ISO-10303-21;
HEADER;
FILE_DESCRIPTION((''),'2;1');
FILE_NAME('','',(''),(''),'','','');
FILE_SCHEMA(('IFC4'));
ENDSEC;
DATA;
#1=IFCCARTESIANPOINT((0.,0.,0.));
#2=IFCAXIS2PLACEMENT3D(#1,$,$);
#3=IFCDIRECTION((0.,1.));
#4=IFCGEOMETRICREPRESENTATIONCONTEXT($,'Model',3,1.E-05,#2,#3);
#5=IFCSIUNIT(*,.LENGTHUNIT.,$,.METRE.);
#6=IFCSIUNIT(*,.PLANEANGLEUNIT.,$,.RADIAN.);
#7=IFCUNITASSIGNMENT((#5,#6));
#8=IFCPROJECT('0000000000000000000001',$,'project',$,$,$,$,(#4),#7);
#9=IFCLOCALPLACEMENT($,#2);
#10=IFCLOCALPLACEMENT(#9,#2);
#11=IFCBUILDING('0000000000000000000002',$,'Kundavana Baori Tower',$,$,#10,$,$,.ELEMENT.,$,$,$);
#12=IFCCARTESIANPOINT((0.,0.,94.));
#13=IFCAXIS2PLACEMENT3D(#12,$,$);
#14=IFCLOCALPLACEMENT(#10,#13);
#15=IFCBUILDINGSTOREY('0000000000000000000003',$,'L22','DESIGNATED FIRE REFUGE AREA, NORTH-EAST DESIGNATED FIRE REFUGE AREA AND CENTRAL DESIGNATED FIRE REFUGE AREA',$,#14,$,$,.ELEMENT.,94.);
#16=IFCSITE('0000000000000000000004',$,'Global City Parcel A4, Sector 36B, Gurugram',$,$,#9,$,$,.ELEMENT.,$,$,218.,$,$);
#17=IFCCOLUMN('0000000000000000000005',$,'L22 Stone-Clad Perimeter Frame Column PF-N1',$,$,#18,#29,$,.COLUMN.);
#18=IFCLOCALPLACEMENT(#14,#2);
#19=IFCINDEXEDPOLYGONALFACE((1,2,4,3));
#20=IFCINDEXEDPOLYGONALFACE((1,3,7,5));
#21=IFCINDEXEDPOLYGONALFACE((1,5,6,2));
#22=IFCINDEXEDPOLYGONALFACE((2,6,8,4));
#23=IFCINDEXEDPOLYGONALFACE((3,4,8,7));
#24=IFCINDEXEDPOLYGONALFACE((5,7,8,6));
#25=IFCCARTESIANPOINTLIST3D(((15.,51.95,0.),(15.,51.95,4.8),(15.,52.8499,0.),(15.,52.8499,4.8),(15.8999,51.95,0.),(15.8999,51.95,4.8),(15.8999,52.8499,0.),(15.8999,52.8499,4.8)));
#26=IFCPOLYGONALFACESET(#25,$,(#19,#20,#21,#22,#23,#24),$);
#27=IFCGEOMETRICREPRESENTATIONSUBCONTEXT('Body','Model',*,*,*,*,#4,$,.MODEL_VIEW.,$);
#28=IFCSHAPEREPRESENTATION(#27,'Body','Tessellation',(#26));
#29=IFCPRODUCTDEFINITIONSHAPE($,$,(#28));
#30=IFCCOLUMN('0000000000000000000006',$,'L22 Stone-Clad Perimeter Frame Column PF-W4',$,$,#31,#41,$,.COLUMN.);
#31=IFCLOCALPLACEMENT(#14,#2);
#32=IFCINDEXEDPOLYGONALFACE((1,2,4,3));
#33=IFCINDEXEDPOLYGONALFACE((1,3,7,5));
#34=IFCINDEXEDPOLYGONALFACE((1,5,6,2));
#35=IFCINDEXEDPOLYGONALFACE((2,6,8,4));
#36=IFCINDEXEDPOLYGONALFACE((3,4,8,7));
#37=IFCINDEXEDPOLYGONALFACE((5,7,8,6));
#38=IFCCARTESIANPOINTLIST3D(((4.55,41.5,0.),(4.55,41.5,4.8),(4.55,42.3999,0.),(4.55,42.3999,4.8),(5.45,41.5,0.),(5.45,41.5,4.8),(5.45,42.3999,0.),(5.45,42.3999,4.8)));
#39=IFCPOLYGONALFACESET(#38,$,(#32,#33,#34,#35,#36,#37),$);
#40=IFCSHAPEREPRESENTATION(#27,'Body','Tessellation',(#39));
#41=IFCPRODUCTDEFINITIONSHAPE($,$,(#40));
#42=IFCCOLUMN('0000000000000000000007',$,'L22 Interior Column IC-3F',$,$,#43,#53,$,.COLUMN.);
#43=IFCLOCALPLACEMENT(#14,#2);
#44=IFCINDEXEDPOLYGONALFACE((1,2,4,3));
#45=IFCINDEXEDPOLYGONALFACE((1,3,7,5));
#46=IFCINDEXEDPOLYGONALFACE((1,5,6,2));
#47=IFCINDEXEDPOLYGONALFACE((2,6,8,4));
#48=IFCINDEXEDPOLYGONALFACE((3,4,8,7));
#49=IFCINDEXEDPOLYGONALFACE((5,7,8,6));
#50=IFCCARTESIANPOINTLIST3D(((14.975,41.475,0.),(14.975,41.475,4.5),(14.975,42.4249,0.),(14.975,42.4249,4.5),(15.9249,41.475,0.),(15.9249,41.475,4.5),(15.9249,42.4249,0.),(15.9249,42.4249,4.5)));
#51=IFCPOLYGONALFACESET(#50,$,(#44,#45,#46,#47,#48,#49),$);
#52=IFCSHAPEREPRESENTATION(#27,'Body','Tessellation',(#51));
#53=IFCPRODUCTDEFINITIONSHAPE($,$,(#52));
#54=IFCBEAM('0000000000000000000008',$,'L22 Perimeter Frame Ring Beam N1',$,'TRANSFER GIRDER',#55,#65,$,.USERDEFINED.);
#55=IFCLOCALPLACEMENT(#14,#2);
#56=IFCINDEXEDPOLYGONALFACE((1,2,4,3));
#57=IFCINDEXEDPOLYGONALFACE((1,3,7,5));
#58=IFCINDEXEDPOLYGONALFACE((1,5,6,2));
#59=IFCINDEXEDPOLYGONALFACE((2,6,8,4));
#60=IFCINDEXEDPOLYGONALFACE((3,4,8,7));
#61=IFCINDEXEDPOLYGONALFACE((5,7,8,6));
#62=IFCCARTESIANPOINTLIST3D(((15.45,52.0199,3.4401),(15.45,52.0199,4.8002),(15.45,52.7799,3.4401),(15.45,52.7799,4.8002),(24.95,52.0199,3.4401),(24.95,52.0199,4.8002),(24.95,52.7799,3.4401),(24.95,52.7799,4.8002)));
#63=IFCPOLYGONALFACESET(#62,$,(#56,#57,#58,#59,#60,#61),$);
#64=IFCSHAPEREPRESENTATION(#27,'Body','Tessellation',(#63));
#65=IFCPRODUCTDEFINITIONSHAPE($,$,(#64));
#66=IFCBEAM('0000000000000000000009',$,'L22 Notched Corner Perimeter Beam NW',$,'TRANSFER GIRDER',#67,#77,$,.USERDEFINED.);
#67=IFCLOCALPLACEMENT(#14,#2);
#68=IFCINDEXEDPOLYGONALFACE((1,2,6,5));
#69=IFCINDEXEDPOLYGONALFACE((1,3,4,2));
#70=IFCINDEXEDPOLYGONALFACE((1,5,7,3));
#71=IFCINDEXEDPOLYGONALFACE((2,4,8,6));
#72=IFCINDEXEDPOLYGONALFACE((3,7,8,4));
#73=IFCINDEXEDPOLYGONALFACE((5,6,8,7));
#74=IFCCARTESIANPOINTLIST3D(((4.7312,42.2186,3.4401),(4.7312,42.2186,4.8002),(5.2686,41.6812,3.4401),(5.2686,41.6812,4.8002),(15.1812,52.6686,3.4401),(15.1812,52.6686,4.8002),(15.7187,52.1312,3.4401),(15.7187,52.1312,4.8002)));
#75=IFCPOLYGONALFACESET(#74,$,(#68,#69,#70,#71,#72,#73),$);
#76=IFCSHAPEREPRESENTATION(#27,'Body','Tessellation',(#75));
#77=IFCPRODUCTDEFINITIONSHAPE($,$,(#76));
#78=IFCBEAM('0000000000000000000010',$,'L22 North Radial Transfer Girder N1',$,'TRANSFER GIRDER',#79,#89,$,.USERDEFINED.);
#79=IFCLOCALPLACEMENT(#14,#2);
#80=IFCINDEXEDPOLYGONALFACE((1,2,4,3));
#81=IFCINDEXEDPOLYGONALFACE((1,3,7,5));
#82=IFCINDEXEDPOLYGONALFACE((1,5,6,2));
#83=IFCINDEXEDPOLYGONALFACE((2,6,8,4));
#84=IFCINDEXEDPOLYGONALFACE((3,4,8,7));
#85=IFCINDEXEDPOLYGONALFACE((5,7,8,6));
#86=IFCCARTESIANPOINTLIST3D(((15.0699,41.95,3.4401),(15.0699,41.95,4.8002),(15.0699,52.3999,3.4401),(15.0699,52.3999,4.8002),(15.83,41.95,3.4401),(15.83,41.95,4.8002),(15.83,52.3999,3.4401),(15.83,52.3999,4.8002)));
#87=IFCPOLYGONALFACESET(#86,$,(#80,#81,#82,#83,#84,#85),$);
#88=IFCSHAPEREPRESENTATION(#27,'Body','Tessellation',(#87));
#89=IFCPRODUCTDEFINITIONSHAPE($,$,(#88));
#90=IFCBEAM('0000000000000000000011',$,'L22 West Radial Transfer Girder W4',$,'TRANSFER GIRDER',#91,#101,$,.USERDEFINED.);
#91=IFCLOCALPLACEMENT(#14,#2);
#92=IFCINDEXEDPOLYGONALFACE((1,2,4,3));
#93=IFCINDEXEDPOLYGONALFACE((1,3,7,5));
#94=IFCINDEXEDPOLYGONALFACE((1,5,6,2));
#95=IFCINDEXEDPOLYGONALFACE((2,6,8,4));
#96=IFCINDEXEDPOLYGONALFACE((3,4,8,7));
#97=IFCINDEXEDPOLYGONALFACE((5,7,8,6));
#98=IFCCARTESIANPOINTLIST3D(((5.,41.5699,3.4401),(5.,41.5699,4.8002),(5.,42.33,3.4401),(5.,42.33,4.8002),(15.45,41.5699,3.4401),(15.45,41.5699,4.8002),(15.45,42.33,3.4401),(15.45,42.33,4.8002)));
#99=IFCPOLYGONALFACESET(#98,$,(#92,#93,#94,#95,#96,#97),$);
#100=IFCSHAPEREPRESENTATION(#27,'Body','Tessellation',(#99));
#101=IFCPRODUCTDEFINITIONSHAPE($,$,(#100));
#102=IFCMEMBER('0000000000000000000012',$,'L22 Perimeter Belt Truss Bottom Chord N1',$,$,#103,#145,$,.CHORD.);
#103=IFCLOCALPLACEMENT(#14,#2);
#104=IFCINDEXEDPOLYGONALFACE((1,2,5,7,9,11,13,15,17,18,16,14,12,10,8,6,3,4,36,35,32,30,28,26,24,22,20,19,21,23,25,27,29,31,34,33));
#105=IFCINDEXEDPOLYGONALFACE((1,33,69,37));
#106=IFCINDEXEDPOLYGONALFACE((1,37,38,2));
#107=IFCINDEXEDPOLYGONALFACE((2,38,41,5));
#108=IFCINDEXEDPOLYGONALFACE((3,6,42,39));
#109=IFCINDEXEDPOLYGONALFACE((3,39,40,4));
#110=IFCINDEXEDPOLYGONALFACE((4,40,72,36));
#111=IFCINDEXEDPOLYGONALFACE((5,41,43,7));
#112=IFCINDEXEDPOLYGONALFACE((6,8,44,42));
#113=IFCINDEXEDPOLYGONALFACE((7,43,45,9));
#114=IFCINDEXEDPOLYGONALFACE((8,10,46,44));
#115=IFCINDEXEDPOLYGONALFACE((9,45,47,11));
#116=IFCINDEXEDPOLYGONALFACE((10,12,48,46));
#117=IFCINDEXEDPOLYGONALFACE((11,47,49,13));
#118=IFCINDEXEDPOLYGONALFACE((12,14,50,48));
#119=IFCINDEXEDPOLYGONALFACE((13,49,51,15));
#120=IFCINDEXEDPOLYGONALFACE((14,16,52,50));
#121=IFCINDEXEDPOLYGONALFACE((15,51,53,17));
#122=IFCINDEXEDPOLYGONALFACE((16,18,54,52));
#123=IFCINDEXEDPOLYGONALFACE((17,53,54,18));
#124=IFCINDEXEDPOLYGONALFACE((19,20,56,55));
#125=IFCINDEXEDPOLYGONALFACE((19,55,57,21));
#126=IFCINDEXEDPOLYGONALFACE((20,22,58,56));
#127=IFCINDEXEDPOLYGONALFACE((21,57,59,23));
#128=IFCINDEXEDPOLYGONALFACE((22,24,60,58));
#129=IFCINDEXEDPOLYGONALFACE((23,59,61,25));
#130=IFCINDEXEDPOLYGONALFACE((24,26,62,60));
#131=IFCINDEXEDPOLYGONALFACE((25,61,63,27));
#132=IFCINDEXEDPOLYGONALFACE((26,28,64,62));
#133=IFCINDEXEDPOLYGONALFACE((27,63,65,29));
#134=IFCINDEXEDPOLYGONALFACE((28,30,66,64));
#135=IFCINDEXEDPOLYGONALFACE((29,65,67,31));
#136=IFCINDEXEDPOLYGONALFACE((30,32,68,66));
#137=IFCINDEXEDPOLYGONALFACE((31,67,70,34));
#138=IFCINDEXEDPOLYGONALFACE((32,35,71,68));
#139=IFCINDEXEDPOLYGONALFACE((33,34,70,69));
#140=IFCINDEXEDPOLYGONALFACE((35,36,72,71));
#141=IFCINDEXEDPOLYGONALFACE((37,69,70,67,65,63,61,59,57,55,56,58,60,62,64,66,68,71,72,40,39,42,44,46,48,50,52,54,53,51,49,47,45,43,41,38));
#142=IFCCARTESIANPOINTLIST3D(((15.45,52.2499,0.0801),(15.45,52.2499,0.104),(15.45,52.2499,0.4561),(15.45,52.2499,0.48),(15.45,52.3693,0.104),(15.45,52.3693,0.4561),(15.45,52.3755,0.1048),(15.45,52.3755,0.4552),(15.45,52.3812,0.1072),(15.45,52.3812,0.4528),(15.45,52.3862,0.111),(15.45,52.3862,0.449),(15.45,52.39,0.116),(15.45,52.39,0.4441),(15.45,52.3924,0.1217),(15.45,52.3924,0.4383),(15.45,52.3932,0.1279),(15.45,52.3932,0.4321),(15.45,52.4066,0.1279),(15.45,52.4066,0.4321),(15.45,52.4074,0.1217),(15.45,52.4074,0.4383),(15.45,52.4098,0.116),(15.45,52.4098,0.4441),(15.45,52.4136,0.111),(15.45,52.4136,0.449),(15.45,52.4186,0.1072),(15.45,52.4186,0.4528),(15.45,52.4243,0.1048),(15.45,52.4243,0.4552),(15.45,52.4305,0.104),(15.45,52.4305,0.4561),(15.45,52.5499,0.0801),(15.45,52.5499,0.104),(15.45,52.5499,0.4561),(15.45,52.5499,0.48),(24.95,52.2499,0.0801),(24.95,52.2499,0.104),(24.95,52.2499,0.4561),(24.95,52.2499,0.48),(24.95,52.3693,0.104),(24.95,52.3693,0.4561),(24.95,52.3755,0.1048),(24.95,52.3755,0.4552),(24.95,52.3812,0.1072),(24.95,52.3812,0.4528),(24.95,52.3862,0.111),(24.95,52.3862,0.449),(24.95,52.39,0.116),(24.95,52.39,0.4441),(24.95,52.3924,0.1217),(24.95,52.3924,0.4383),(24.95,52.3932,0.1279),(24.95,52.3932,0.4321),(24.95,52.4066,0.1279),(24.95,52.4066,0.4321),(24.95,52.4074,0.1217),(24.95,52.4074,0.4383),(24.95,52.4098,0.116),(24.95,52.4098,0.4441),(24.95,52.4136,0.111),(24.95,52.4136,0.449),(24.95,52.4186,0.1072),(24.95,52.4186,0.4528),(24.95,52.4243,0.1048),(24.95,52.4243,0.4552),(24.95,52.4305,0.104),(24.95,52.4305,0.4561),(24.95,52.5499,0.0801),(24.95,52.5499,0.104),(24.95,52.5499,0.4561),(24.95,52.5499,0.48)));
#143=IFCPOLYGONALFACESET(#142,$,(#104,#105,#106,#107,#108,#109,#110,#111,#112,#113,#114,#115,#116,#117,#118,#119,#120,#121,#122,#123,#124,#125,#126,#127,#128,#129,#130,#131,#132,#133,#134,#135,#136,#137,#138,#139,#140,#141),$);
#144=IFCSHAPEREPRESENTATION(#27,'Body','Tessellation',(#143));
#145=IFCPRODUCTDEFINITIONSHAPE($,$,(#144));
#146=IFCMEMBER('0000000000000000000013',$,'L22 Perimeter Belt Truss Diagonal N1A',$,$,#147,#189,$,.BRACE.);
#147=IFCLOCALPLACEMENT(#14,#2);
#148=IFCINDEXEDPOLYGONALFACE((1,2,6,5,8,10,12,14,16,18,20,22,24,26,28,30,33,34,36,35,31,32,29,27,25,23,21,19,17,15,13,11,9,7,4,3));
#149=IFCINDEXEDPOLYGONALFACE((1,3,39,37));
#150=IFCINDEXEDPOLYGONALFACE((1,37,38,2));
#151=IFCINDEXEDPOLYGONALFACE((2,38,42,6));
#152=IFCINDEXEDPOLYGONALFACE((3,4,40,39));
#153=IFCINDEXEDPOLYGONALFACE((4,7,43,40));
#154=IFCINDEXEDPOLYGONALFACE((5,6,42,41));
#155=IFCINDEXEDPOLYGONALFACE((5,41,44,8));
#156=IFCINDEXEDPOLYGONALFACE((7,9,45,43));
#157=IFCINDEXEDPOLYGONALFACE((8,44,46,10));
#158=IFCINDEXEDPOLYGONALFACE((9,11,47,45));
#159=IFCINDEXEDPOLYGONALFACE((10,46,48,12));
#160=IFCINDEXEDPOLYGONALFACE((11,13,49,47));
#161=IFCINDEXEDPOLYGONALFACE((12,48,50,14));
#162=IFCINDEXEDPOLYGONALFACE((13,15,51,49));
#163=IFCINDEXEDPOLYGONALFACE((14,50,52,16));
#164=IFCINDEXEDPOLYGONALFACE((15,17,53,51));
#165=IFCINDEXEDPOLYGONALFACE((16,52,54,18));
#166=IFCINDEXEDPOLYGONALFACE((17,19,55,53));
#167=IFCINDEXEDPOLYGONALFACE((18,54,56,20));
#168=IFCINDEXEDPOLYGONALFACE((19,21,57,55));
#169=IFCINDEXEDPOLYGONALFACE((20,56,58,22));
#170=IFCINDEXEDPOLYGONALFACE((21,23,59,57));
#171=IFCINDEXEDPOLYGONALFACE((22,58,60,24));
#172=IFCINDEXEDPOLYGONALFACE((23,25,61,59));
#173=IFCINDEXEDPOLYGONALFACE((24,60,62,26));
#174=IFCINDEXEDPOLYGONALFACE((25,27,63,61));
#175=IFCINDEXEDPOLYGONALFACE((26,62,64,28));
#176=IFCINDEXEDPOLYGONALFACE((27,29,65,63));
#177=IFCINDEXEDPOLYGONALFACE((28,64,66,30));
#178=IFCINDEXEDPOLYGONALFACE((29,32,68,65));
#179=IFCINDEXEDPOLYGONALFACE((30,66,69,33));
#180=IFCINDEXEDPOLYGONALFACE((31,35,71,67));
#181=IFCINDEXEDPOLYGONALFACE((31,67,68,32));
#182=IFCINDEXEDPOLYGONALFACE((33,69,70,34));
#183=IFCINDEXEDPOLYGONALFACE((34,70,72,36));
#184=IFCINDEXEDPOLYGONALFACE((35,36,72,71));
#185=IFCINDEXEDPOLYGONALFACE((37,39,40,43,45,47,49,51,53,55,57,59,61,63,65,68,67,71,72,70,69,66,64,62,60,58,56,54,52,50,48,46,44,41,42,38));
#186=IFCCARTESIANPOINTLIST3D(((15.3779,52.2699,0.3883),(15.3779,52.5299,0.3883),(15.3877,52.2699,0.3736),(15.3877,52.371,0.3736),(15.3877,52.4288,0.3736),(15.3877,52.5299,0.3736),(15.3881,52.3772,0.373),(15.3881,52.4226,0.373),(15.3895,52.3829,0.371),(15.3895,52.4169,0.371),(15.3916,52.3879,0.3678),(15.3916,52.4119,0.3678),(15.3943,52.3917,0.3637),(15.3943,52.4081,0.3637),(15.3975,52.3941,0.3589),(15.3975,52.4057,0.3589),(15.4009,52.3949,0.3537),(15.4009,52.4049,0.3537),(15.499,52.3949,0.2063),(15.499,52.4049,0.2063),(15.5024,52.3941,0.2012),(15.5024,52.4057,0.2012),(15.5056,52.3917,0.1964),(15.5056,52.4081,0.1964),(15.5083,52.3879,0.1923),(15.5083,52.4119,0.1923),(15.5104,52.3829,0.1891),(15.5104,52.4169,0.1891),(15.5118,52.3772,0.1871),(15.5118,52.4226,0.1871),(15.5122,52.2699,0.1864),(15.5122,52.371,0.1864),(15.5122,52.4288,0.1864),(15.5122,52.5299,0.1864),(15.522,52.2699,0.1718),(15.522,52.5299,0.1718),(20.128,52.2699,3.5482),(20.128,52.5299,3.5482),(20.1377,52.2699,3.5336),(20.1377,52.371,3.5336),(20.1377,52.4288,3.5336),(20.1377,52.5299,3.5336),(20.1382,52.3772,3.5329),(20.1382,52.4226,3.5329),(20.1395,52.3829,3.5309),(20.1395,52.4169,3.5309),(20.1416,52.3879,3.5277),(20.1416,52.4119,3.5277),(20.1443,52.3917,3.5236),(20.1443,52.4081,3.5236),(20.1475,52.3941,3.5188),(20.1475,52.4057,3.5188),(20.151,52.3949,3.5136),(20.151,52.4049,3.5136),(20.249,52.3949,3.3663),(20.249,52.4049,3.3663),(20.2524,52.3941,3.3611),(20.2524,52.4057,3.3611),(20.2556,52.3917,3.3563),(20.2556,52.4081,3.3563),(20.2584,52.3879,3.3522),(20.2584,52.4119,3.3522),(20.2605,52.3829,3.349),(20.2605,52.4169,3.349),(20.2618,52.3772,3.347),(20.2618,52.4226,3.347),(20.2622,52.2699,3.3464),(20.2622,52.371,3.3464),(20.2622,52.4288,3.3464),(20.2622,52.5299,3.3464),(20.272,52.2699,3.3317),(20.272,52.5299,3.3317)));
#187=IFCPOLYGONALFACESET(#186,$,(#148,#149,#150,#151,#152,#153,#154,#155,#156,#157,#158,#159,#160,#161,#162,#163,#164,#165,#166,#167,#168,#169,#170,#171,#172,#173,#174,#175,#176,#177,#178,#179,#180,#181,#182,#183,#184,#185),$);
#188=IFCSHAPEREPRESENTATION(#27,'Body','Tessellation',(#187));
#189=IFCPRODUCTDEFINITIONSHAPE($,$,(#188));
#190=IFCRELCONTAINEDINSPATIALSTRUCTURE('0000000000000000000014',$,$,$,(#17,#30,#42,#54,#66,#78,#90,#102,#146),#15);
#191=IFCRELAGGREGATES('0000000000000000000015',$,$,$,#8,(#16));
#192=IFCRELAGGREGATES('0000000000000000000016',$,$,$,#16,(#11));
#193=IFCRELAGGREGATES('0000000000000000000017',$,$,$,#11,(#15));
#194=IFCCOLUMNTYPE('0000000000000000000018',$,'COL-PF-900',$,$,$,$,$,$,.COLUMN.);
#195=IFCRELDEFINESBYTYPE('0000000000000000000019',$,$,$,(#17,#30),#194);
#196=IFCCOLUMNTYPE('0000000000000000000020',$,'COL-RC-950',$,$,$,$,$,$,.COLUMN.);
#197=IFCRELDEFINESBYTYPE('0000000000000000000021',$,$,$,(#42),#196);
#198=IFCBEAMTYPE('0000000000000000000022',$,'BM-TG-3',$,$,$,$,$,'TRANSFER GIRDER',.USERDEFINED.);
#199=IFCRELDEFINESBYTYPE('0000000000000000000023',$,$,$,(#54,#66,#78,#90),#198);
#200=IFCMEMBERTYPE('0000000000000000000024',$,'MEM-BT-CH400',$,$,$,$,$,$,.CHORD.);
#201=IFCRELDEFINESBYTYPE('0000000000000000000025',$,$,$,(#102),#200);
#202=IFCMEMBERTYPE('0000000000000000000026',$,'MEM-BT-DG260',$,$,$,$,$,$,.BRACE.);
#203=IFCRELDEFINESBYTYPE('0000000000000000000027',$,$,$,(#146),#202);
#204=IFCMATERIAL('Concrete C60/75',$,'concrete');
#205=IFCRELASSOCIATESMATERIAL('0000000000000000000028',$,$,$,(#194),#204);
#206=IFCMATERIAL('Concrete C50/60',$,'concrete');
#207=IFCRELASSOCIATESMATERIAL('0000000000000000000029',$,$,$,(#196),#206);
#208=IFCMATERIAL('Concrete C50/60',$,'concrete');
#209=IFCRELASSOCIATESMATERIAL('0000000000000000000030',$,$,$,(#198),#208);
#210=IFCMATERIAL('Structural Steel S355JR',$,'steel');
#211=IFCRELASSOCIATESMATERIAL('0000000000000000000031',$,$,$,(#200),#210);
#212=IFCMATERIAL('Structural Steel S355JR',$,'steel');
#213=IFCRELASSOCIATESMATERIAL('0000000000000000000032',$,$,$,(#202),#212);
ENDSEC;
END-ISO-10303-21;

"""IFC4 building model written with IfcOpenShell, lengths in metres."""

from ifc_helpers import new_model, si_unit, direction, frame, origin, origin_2d, place, context, subcontext, project, spatial, rectangle, i_section, extrude, material, material_profile, profile_set, type_object, element, save


model = new_model("IFC4")

# Units and contexts
model_context = context("Model", 3, precision=1e-05, world=origin(), true_north=direction((0.0, 1.0)))
body_context = subcontext(model_context, "Body", "Model", "MODEL_VIEW")
ifc_project = project(units=[si_unit("LENGTHUNIT", "METRE"), si_unit("PLANEANGLEUNIT", "RADIAN")], contexts=[model_context])

# Site, building, storey
site_placement = place(None, origin())
site = spatial("IfcSite", under=ifc_project, at=site_placement, Name="Global City Parcel A4, Sector 36B, Gurugram", CompositionType="ELEMENT", RefElevation=218.0)
building_placement = place(site_placement, origin())
building = spatial("IfcBuilding", under=site, at=building_placement, Name="Kundavana Baori Tower", CompositionType="ELEMENT")
storey_placement = place(building_placement, frame((0.0, 0.0, 94.0)))
storey = spatial("IfcBuildingStorey", under=building, at=storey_placement, Name="L22", Description="DESIGNATED FIRE REFUGE AREA, NORTH-EAST DESIGNATED FIRE REFUGE AREA AND CENTRAL DESIGNATED FIRE REFUGE AREA", CompositionType="ELEMENT", Elevation=94.0)

# Columns
ifc_material_1 = material(Name="Concrete C60/75", Category="concrete")
ifc_material_profile_1 = material_profile(ifc_material_1, rectangle(XDim=0.8999, YDim=0.8999, at=origin_2d()), Name="RC PF 900x900")
ifc_profile_set_1 = profile_set([ifc_material_profile_1], Name="Concrete C60/75")
column_type_1 = type_object("IfcColumnType", Name="COL-PF-900", PredefinedType="COLUMN", material=ifc_profile_set_1)
for number, where, z_axis, x_axis, name in (
    (1, (15.45, 52.3999, 0.0), (0.0, 0.0, 1.0), (1.0, 0.0, 0.0), "L22 Stone-Clad Perimeter Frame Column PF-N1"),
    (2, (5.0, 41.95, 0.0), (0.0, 0.0, 1.0), (1.0, 0.0, 0.0), "L22 Stone-Clad Perimeter Frame Column PF-W4"),
):
    element("IfcColumn", number, at=place(storey_placement, frame(where, z_axis=z_axis, x_axis=x_axis)), inside=storey, type_object=column_type_1, Name=name, PredefinedType="COLUMN", context=body_context, shape_type="SweptSolid", body=[
        extrude(rectangle(XDim=0.8999, YDim=0.8999, at=origin_2d()), origin(), (0.0, 0.0, 1.0), 4.8),
    ])
ifc_material_2 = material(Name="Concrete C50/60", Category="concrete")
ifc_material_profile_2 = material_profile(ifc_material_2, rectangle(XDim=0.95, YDim=0.95, at=origin_2d()), Name="RC 950x950")
ifc_profile_set_2 = profile_set([ifc_material_profile_2], Name="Concrete C50/60")
column_type_2 = type_object("IfcColumnType", Name="COL-RC-950", PredefinedType="COLUMN", material=ifc_profile_set_2)
column_placement = place(storey_placement, frame((15.45, 41.95, 0.0), z_axis=(0.0, 0.0, 1.0), x_axis=(1.0, 0.0, 0.0)))
element("IfcColumn", 3, at=column_placement, inside=storey, type_object=column_type_2, Name="L22 Interior Column IC-3F", PredefinedType="COLUMN", context=body_context, shape_type="SweptSolid", body=[
    extrude(rectangle(XDim=0.95, YDim=0.95, at=origin_2d()), origin(), (0.0, 0.0, 1.0), 4.5),
])

# Beams
ifc_material_3 = material(Name="Concrete C50/60", Category="concrete")
ifc_material_profile_3 = material_profile(ifc_material_3, rectangle(XDim=0.76, YDim=1.3601, at=origin_2d()), Name="BM-TG-3")
ifc_profile_set_3 = profile_set([ifc_material_profile_3], Name="Concrete C50/60")
beam_type = type_object("IfcBeamType", Name="BM-TG-3", ElementType="TRANSFER GIRDER", PredefinedType="USERDEFINED", material=ifc_profile_set_3)
beam_1_placement = place(storey_placement, frame((15.45, 52.3999, 4.1201), z_axis=(1.0, 0.0, 0.0), x_axis=(0.0, 1.0, 0.0)))
element("IfcBeam", 4, at=beam_1_placement, inside=storey, type_object=beam_type, Name="L22 Perimeter Frame Ring Beam N1", ObjectType="TRANSFER GIRDER", PredefinedType="USERDEFINED", context=body_context, shape_type="SweptSolid", body=[
    extrude(rectangle(XDim=0.76, YDim=1.3601, at=origin_2d()), origin(), (0.0, 0.0, 1.0), 9.5),
])
beam_2_placement = place(storey_placement, frame((15.45, 52.3999, 4.1201), z_axis=(-0.707107, -0.707107, 0.0), x_axis=(0.707107, -0.707107, 0.0)))
element("IfcBeam", 5, at=beam_2_placement, inside=storey, type_object=beam_type, Name="L22 Notched Corner Perimeter Beam NW", ObjectType="TRANSFER GIRDER", PredefinedType="USERDEFINED", context=body_context, shape_type="SweptSolid", body=[
    extrude(rectangle(XDim=0.76, YDim=1.3601, at=origin_2d()), origin(), (0.0, 0.0, 1.0), 14.7786),
])
for number, where, z_axis, x_axis, name in (
    (6, (15.45, 41.95, 4.1201), (0.0, 1.0, 0.0), (-1.0, 0.0, 0.0), "L22 North Radial Transfer Girder N1"),
    (7, (15.45, 41.95, 4.1201), (-1.0, 0.0, 0.0), (0.0, -1.0, 0.0), "L22 West Radial Transfer Girder W4"),
):
    element("IfcBeam", number, at=place(storey_placement, frame(where, z_axis=z_axis, x_axis=x_axis)), inside=storey, type_object=beam_type, Name=name, ObjectType="TRANSFER GIRDER", PredefinedType="USERDEFINED", context=body_context, shape_type="SweptSolid", body=[
        extrude(rectangle(XDim=0.76, YDim=1.3601, at=origin_2d()), origin(), (0.0, 0.0, 1.0), 10.45),
    ])

# Members
ifc_material_4 = material(Name="Structural Steel S355JR", Category="steel")
ifc_material_profile_4 = material_profile(ifc_material_4, i_section(OverallWidth=0.3, OverallDepth=0.3999, WebThickness=0.0134, FlangeThickness=0.0239, FilletRadius=0.0239, at=origin_2d()), Name="WPB 400x300x135")
ifc_profile_set_4 = profile_set([ifc_material_profile_4], Name="Structural Steel S355JR")
member_type_1 = type_object("IfcMemberType", Name="MEM-BT-CH400", PredefinedType="CHORD", material=ifc_profile_set_4)
member_1_placement = place(storey_placement, frame((15.45, 52.3999, 0.28), z_axis=(1.0, 0.0, 0.0), x_axis=(0.0, 1.0, 0.0)))
element("IfcMember", 8, at=member_1_placement, inside=storey, type_object=member_type_1, Name="L22 Perimeter Belt Truss Bottom Chord N1", PredefinedType="CHORD", context=body_context, shape_type="SweptSolid", body=[
    extrude(i_section(OverallWidth=0.3, OverallDepth=0.3999, WebThickness=0.0134, FlangeThickness=0.0239, FilletRadius=0.0239, at=origin_2d()), origin(), (0.0, 0.0, 1.0), 9.5),
])
ifc_material_5 = material(Name="Structural Steel S355JR", Category="steel")
ifc_material_profile_5 = material_profile(ifc_material_5, i_section(OverallWidth=0.26, OverallDepth=0.26, WebThickness=0.01, FlangeThickness=0.0176, FilletRadius=0.0239, at=origin_2d()), Name="WPB 260x260x93")
ifc_profile_set_5 = profile_set([ifc_material_profile_5], Name="Structural Steel S355JR")
member_type_2 = type_object("IfcMemberType", Name="MEM-BT-DG260", PredefinedType="BRACE", material=ifc_profile_set_5)
member_2_placement = place(storey_placement, frame((15.45, 52.3999, 0.28), z_axis=(0.832596, 0.0, 0.55388), x_axis=(0.0, 1.0, 0.0)))
element("IfcMember", 9, at=member_2_placement, inside=storey, type_object=member_type_2, Name="L22 Perimeter Belt Truss Diagonal N1A", PredefinedType="BRACE", context=body_context, shape_type="SweptSolid", body=[
    extrude(i_section(OverallWidth=0.26, OverallDepth=0.26, WebThickness=0.01, FlangeThickness=0.0176, FilletRadius=0.0239, at=origin_2d()), origin(), (0.0, 0.0, 1.0), 5.7051),
])

save(model, "model.ifc")
